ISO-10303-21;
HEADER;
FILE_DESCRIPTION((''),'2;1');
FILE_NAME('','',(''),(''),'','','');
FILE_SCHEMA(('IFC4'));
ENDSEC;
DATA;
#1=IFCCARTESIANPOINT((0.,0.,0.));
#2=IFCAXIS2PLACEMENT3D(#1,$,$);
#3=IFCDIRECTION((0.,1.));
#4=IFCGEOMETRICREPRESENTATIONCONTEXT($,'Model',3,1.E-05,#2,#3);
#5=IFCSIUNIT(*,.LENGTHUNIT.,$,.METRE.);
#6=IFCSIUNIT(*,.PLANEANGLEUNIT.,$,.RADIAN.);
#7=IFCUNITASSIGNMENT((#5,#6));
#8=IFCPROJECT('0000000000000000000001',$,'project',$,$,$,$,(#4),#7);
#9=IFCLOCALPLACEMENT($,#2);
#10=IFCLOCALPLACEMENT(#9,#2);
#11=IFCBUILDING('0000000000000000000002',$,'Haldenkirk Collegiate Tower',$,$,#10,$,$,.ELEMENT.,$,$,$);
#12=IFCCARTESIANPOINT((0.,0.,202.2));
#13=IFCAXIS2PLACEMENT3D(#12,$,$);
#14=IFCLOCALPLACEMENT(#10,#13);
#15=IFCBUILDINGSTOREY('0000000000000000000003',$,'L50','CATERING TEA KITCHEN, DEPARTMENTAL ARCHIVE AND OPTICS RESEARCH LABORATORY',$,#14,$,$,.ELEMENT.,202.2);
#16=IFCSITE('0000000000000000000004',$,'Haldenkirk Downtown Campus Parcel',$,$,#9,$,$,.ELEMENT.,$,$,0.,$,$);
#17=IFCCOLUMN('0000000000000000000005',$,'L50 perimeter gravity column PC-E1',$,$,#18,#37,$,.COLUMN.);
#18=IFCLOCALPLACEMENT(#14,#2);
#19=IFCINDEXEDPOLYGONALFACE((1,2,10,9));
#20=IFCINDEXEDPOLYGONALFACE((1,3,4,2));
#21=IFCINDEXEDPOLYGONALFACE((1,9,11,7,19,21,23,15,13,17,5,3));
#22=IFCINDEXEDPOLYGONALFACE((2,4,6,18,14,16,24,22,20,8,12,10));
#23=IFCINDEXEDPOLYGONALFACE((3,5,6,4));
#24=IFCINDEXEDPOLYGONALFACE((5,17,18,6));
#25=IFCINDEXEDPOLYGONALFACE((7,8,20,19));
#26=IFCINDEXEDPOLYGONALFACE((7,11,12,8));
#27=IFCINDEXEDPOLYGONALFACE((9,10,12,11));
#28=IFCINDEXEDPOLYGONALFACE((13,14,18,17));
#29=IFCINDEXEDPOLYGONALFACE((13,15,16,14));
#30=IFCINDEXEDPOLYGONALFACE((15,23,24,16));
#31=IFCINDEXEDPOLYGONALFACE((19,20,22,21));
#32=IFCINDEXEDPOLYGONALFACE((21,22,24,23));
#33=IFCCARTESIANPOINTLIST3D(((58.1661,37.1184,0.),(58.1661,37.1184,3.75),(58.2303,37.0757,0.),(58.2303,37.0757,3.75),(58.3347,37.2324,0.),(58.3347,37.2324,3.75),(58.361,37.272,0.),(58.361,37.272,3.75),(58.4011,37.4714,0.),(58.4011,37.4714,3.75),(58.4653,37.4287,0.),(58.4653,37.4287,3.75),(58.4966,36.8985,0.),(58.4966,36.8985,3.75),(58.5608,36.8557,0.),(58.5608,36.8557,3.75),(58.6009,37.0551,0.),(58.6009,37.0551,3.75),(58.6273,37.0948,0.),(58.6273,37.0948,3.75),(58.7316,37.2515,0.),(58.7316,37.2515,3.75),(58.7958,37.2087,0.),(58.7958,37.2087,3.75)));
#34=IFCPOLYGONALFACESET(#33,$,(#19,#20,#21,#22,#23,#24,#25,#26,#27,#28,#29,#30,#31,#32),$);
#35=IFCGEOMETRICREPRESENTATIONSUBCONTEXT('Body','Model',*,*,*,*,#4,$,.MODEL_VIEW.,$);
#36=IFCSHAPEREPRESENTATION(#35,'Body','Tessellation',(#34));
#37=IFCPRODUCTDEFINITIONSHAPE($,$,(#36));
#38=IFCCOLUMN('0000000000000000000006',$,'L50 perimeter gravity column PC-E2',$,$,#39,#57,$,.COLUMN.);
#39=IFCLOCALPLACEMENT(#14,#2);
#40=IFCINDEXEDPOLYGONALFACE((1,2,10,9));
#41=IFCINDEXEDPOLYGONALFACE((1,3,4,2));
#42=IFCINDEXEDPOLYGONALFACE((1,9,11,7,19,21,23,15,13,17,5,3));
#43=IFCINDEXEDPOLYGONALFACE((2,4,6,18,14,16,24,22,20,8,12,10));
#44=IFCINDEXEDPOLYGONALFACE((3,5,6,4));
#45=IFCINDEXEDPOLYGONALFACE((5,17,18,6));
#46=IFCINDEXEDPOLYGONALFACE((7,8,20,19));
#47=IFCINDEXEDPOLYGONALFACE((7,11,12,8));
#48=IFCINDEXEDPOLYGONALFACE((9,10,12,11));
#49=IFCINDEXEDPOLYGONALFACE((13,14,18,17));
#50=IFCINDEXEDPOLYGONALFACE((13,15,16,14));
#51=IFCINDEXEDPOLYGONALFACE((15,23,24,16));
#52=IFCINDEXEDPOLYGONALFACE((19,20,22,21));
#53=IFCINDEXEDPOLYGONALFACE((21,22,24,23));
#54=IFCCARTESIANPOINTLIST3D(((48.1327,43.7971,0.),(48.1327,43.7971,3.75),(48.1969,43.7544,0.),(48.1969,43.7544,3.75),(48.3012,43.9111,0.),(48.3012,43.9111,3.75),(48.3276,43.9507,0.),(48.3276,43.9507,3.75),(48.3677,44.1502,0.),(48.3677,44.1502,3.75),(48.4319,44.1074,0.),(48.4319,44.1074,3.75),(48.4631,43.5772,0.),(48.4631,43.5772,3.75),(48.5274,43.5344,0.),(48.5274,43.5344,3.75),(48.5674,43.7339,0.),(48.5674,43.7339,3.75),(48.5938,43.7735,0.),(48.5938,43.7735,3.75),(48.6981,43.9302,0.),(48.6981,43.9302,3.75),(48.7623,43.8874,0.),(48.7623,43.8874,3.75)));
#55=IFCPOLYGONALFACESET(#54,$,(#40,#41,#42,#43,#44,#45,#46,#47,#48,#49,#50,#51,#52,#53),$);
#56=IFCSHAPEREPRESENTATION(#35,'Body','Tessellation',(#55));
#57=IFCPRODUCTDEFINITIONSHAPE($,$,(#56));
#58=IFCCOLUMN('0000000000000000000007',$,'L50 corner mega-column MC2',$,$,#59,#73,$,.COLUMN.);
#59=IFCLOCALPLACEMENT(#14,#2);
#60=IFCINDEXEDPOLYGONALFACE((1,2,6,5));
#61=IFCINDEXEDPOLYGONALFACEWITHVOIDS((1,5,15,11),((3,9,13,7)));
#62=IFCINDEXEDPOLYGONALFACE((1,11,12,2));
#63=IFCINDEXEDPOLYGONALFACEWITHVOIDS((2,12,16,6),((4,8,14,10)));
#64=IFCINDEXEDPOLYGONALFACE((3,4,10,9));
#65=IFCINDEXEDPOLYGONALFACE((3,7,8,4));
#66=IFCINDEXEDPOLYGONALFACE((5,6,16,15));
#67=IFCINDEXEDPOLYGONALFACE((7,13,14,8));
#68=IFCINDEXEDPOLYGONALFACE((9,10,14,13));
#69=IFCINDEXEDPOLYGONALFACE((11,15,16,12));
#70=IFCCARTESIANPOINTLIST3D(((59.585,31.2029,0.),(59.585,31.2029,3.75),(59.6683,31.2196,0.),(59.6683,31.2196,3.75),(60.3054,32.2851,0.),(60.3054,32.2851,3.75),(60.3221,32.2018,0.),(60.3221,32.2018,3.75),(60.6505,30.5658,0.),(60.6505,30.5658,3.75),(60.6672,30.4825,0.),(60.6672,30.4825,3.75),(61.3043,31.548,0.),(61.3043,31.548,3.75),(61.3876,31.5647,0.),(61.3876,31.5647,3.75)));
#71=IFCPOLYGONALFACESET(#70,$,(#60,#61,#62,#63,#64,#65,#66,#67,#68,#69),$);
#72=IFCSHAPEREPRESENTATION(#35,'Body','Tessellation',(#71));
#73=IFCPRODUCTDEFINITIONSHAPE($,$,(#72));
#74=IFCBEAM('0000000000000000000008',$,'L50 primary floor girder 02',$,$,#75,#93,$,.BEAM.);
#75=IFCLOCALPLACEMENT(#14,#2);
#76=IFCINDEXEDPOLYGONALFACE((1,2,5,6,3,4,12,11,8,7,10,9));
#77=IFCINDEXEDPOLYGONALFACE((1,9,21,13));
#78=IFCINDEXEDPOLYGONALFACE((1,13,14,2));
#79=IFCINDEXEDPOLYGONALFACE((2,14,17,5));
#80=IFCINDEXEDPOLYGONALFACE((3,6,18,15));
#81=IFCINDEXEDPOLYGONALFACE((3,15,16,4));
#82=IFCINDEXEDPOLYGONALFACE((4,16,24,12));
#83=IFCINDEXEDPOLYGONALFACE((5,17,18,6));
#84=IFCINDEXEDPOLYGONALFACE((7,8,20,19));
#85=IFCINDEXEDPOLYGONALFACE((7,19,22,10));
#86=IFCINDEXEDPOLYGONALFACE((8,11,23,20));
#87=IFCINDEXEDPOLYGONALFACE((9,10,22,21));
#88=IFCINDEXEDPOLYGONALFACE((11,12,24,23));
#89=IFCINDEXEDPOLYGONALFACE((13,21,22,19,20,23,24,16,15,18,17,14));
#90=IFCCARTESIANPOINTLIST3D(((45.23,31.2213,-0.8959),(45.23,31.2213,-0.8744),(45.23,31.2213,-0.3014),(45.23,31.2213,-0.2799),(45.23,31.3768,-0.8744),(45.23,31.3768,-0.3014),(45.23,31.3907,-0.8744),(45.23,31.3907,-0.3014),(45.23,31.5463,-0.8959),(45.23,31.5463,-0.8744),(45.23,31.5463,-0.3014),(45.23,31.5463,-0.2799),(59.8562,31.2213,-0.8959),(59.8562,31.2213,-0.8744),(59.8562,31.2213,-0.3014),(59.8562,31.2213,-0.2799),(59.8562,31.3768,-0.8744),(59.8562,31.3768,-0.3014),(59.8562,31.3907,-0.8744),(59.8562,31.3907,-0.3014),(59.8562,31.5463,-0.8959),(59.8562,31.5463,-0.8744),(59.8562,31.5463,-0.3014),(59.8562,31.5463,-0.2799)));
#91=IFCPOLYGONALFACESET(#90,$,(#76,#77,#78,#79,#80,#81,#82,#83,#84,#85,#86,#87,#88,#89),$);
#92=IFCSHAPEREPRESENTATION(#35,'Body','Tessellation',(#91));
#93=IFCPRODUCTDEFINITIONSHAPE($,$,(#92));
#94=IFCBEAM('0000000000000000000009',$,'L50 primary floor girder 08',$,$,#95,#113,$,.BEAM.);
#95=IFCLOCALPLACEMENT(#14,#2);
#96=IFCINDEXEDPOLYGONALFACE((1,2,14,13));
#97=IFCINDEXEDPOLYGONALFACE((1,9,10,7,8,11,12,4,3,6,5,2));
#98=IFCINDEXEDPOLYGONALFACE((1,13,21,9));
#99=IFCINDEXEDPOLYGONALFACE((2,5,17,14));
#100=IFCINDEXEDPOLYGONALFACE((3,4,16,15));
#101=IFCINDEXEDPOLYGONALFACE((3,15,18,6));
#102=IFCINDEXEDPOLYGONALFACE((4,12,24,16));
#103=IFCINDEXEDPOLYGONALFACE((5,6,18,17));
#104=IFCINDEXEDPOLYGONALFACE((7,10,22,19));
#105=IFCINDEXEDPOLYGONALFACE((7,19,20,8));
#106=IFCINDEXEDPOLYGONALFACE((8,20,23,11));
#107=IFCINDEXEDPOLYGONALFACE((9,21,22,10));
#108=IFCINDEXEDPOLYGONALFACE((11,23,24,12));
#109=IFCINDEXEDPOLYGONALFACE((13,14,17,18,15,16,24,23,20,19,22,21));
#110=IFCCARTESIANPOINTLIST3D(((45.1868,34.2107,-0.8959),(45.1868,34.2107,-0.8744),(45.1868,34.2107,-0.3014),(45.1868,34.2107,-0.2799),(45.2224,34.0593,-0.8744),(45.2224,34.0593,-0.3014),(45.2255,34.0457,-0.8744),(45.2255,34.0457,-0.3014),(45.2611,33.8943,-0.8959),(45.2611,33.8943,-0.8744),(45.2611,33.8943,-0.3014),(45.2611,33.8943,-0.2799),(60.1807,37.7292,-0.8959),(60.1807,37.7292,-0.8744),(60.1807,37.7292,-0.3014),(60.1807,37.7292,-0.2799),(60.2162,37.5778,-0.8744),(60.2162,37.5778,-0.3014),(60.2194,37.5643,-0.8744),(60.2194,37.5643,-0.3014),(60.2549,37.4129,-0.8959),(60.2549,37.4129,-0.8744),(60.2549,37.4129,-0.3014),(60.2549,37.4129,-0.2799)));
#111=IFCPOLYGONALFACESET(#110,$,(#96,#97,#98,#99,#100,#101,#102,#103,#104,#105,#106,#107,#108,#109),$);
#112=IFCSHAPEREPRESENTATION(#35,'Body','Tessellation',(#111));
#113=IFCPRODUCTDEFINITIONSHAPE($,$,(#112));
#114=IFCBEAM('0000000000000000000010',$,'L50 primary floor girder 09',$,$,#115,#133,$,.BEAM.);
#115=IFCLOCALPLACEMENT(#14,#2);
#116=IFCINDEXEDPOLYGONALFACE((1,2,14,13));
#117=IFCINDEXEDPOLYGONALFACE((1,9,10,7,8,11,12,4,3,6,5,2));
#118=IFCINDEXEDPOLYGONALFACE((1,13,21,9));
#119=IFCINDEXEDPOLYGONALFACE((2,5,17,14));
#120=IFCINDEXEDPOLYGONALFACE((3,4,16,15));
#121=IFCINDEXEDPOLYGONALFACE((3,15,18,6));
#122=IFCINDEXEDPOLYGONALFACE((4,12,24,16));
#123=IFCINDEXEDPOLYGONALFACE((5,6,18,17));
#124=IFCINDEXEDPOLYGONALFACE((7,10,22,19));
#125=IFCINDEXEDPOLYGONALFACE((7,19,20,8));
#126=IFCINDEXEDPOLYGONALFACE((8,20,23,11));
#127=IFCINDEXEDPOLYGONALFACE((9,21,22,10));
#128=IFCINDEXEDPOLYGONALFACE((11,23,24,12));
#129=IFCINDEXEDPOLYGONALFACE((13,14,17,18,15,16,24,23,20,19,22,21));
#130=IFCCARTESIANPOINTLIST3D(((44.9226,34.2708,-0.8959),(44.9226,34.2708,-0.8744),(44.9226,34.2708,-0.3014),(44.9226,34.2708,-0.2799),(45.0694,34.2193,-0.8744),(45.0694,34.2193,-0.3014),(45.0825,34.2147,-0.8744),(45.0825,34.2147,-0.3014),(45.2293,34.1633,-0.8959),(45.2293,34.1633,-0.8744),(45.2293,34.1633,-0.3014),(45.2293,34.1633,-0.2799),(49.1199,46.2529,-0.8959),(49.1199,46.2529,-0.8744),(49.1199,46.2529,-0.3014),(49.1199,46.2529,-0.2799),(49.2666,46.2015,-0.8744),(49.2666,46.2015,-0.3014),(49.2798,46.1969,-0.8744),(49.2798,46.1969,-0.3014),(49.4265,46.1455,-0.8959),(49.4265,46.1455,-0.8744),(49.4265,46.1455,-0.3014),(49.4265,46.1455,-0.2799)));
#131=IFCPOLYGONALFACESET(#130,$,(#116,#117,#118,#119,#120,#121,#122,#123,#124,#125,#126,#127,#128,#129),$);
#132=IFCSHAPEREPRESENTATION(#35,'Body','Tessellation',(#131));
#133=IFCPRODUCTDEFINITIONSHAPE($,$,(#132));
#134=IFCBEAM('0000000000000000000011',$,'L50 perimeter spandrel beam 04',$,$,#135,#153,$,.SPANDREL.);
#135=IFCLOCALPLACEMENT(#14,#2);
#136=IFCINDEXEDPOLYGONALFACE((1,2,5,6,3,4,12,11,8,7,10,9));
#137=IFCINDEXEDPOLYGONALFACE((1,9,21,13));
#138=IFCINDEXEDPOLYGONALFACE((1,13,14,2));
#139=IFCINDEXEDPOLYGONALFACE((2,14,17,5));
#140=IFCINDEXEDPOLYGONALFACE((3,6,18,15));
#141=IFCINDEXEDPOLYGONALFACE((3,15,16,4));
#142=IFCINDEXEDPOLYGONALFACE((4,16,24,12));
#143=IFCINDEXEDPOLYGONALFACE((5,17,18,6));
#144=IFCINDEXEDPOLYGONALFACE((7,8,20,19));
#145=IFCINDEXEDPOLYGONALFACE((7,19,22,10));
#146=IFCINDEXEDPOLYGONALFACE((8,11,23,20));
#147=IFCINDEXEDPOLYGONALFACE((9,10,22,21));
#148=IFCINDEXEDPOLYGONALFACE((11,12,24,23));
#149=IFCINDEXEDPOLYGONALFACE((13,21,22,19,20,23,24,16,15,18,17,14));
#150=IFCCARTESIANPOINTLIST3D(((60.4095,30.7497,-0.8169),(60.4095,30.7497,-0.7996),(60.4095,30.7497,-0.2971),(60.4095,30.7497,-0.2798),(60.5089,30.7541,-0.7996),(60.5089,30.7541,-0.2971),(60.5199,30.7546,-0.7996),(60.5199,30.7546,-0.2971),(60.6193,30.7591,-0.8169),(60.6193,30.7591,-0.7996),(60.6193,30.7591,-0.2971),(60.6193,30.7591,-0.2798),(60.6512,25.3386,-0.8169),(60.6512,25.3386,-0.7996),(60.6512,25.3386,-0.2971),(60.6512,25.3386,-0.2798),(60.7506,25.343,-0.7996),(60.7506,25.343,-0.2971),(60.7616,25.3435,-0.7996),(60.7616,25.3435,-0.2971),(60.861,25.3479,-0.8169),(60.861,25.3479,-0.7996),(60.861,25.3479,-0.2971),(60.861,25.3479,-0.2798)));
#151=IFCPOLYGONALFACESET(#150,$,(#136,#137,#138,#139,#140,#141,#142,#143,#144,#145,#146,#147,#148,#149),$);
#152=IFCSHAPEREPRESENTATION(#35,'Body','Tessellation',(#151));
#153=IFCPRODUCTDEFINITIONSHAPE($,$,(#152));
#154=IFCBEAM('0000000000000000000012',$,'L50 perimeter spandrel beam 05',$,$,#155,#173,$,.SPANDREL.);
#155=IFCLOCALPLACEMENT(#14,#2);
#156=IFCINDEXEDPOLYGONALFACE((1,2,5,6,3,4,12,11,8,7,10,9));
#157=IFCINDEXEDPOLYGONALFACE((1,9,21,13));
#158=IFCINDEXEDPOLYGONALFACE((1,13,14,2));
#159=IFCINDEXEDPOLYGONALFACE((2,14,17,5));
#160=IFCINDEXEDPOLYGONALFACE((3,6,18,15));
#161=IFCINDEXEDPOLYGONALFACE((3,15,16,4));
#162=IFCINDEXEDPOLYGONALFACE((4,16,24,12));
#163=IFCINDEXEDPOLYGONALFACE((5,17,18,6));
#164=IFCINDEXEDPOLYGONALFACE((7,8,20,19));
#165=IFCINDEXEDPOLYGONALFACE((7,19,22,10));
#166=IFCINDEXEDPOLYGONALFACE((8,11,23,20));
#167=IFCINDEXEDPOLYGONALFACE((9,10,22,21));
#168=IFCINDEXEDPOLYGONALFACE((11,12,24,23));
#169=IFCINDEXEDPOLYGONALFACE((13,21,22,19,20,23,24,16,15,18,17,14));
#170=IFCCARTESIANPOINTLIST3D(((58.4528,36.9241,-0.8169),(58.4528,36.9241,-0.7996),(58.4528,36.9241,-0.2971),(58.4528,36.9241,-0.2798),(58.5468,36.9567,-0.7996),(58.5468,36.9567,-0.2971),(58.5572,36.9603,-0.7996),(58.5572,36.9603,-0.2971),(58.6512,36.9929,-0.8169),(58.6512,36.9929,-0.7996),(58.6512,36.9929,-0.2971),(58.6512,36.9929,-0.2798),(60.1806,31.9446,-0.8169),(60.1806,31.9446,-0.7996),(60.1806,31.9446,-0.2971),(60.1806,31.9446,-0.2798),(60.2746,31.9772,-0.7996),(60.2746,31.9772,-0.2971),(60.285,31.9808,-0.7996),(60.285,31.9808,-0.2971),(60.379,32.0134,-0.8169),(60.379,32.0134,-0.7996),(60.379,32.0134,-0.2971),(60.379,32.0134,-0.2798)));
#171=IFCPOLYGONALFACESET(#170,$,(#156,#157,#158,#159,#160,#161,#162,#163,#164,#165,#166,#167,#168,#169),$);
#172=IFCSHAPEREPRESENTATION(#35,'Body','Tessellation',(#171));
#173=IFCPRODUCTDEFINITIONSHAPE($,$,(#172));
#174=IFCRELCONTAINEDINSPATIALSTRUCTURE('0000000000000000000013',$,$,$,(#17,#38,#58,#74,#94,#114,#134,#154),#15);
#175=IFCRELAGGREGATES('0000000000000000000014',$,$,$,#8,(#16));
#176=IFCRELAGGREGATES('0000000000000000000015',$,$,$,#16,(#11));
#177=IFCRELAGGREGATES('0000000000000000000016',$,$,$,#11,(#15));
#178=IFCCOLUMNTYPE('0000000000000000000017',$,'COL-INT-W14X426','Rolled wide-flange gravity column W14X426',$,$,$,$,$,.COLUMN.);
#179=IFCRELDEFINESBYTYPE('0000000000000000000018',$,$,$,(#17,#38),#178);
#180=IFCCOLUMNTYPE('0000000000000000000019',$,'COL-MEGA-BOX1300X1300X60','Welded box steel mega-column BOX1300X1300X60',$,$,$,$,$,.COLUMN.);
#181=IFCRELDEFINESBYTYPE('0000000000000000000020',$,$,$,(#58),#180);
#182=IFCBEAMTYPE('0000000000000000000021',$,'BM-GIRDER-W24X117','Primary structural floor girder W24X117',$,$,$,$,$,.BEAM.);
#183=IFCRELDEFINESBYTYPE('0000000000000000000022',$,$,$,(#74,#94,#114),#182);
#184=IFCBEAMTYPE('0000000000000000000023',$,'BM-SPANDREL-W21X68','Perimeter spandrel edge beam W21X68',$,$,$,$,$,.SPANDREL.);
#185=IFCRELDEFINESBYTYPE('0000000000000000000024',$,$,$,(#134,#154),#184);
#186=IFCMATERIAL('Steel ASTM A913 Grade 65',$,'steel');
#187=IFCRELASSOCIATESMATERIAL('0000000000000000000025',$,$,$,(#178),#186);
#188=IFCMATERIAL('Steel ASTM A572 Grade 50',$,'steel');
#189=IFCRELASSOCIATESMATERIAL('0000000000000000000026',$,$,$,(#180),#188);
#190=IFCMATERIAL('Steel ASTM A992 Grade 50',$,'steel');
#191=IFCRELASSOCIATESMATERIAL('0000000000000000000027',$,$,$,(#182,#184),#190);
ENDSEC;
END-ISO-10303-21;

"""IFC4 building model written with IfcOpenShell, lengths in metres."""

from ifc_helpers import new_model, si_unit, direction, frame, origin, origin_2d, place, context, subcontext, project, spatial, hollow_rectangle, i_section, extrude, material, material_profile, profile_set, type_object, element, save


model = new_model("IFC4")

# Units and contexts
model_context = context("Model", 3, precision=1e-05, world=origin(), true_north=direction((0.0, 1.0)))
body_context = subcontext(model_context, "Body", "Model", "MODEL_VIEW")
ifc_project = project(units=[si_unit("LENGTHUNIT", "METRE"), si_unit("PLANEANGLEUNIT", "RADIAN")], contexts=[model_context])

# Site, building, storey
site_placement = place(None, origin())
site = spatial("IfcSite", under=ifc_project, at=site_placement, Name="Haldenkirk Downtown Campus Parcel", CompositionType="ELEMENT", RefElevation=0.0)
building_placement = place(site_placement, origin())
building = spatial("IfcBuilding", under=site, at=building_placement, Name="Haldenkirk Collegiate Tower", CompositionType="ELEMENT")
storey_placement = place(building_placement, frame((0.0, 0.0, 202.2)))
storey = spatial("IfcBuildingStorey", under=building, at=storey_placement, Name="L50", Description="CATERING TEA KITCHEN, DEPARTMENTAL ARCHIVE AND OPTICS RESEARCH LABORATORY", CompositionType="ELEMENT", Elevation=202.2)

# Columns
ifc_material_1 = material(Name="Steel ASTM A913 Grade 65", Category="steel")
ifc_material_profile_1 = material_profile(ifc_material_1, i_section(OverallWidth=0.4241, OverallDepth=0.4741, WebThickness=0.0476, FlangeThickness=0.0771, at=origin_2d()), Name="W14X426")
ifc_profile_set_1 = profile_set([ifc_material_profile_1], Name="Steel ASTM A913 Grade 65")
column_type_1 = type_object("IfcColumnType", Name="COL-INT-W14X426", Description="Rolled wide-flange gravity column W14X426", PredefinedType="COLUMN", material=ifc_profile_set_1)
for number, where, z_axis, x_axis, name in (
    (1, (58.481, 37.1636, 0.0), (0.0, 0.0, 1.0), (0.554118, 0.832438, 0.0), "L50 perimeter gravity column PC-E1"),
    (2, (48.4475, 43.8423, 0.0), (0.0, 0.0, 1.0), (0.554118, 0.832438, 0.0), "L50 perimeter gravity column PC-E2"),
):
    element("IfcColumn", number, at=place(storey_placement, frame(where, z_axis=z_axis, x_axis=x_axis)), inside=storey, type_object=column_type_1, Name=name, PredefinedType="COLUMN", context=body_context, shape_type="SweptSolid", body=[
        extrude(i_section(OverallWidth=0.4241, OverallDepth=0.4741, WebThickness=0.0476, FlangeThickness=0.0771, at=origin_2d()), origin(), (0.0, 0.0, 1.0), 3.75),
    ])
ifc_material_2 = material(Name="Steel ASTM A572 Grade 50", Category="steel")
ifc_material_profile_2 = material_profile(ifc_material_2, hollow_rectangle(XDim=1.3, YDim=1.3, WallThickness=0.0601, at=origin_2d()), Name="BOX1300X1300X60")
ifc_profile_set_2 = profile_set([ifc_material_profile_2], Name="Steel ASTM A572 Grade 50")
column_type_2 = type_object("IfcColumnType", Name="COL-MEGA-BOX1300X1300X60", Description="Welded box steel mega-column BOX1300X1300X60", PredefinedType="COLUMN", material=ifc_profile_set_2)
column_placement = place(storey_placement, frame((60.4863, 31.3838, 0.0), z_axis=(0.0, 0.0, 1.0), x_axis=(0.554118, 0.832438, 0.0)))
element("IfcColumn", 3, at=column_placement, inside=storey, type_object=column_type_2, Name="L50 corner mega-column MC2", PredefinedType="COLUMN", context=body_context, shape_type="SweptSolid", body=[
    extrude(hollow_rectangle(XDim=1.3, YDim=1.3, WallThickness=0.0601, at=origin_2d()), origin(), (0.0, 0.0, 1.0), 3.75),
])

# Beams
ifc_material_3 = material(Name="Steel ASTM A992 Grade 50", Category="steel")
ifc_material_profile_3 = material_profile(ifc_material_3, i_section(OverallWidth=0.325, OverallDepth=0.616, WebThickness=0.0139, FlangeThickness=0.0215, at=origin_2d()), Name="W24X117")
ifc_profile_set_3 = profile_set([ifc_material_profile_3], Name="Steel ASTM A992 Grade 50")
beam_type_1 = type_object("IfcBeamType", Name="BM-GIRDER-W24X117", Description="Primary structural floor girder W24X117", PredefinedType="BEAM", material=ifc_profile_set_3)
beam_1_placement = place(storey_placement, frame((59.8562, 31.3838, -0.5879), z_axis=(-1.0, 0.0, 0.0), x_axis=(0.0, -1.0, 0.0)))
element("IfcBeam", 4, at=beam_1_placement, inside=storey, type_object=beam_type_1, Name="L50 primary floor girder 02", PredefinedType="BEAM", context=body_context, shape_type="SweptSolid", body=[
    extrude(i_section(OverallWidth=0.325, OverallDepth=0.616, WebThickness=0.0139, FlangeThickness=0.0215, at=origin_2d()), origin(), (0.0, 0.0, 1.0), 14.6262),
])
beam_2_placement = place(storey_placement, frame((60.2178, 37.571, -0.5879), z_axis=(-0.973553, -0.22846, 0.0), x_axis=(0.22846, -0.973553, 0.0)))
element("IfcBeam", 5, at=beam_2_placement, inside=storey, type_object=beam_type_1, Name="L50 primary floor girder 08", PredefinedType="BEAM", context=body_context, shape_type="SweptSolid", body=[
    extrude(i_section(OverallWidth=0.325, OverallDepth=0.616, WebThickness=0.0139, FlangeThickness=0.0215, at=origin_2d()), origin(), (0.0, 0.0, 1.0), 15.4011),
])
beam_3_placement = place(storey_placement, frame((49.2732, 46.1992, -0.5879), z_axis=(-0.330596, -0.943772, 0.0), x_axis=(0.943772, -0.330596, 0.0)))
element("IfcBeam", 6, at=beam_3_placement, inside=storey, type_object=beam_type_1, Name="L50 primary floor girder 09", PredefinedType="BEAM", context=body_context, shape_type="SweptSolid", body=[
    extrude(i_section(OverallWidth=0.325, OverallDepth=0.616, WebThickness=0.0139, FlangeThickness=0.0215, at=origin_2d()), origin(), (0.0, 0.0, 1.0), 12.696),
])
ifc_material_profile_4 = material_profile(ifc_material_3, i_section(OverallWidth=0.21, OverallDepth=0.5371, WebThickness=0.011, FlangeThickness=0.0173, at=origin_2d()), Name="W21X68")
ifc_profile_set_4 = profile_set([ifc_material_profile_4], Name="Steel ASTM A992 Grade 50")
beam_type_2 = type_object("IfcBeamType", Name="BM-SPANDREL-W21X68", Description="Perimeter spandrel edge beam W21X68", PredefinedType="SPANDREL", material=ifc_profile_set_4)
beam_4_placement = place(storey_placement, frame((60.7561, 25.3433, -0.5483), z_axis=(-0.044623, 0.999004, 0.0), x_axis=(-0.999004, -0.044623, 0.0)))
element("IfcBeam", 7, at=beam_4_placement, inside=storey, type_object=beam_type_2, Name="L50 perimeter spandrel beam 04", PredefinedType="SPANDREL", context=body_context, shape_type="SweptSolid", body=[
    extrude(i_section(OverallWidth=0.21, OverallDepth=0.5371, WebThickness=0.011, FlangeThickness=0.0173, at=origin_2d()), origin(), (0.0, 0.0, 1.0), 5.4165),
])
beam_5_placement = place(storey_placement, frame((60.2798, 31.979, -0.5483), z_axis=(-0.327807, 0.944745, 0.0), x_axis=(-0.944745, -0.327807, 0.0)))
element("IfcBeam", 8, at=beam_5_placement, inside=storey, type_object=beam_type_2, Name="L50 perimeter spandrel beam 05", PredefinedType="SPANDREL", context=body_context, shape_type="SweptSolid", body=[
    extrude(i_section(OverallWidth=0.21, OverallDepth=0.5371, WebThickness=0.011, FlangeThickness=0.0173, at=origin_2d()), origin(), (0.0, 0.0, 1.0), 5.2708),
])

save(model, "model.ifc")
